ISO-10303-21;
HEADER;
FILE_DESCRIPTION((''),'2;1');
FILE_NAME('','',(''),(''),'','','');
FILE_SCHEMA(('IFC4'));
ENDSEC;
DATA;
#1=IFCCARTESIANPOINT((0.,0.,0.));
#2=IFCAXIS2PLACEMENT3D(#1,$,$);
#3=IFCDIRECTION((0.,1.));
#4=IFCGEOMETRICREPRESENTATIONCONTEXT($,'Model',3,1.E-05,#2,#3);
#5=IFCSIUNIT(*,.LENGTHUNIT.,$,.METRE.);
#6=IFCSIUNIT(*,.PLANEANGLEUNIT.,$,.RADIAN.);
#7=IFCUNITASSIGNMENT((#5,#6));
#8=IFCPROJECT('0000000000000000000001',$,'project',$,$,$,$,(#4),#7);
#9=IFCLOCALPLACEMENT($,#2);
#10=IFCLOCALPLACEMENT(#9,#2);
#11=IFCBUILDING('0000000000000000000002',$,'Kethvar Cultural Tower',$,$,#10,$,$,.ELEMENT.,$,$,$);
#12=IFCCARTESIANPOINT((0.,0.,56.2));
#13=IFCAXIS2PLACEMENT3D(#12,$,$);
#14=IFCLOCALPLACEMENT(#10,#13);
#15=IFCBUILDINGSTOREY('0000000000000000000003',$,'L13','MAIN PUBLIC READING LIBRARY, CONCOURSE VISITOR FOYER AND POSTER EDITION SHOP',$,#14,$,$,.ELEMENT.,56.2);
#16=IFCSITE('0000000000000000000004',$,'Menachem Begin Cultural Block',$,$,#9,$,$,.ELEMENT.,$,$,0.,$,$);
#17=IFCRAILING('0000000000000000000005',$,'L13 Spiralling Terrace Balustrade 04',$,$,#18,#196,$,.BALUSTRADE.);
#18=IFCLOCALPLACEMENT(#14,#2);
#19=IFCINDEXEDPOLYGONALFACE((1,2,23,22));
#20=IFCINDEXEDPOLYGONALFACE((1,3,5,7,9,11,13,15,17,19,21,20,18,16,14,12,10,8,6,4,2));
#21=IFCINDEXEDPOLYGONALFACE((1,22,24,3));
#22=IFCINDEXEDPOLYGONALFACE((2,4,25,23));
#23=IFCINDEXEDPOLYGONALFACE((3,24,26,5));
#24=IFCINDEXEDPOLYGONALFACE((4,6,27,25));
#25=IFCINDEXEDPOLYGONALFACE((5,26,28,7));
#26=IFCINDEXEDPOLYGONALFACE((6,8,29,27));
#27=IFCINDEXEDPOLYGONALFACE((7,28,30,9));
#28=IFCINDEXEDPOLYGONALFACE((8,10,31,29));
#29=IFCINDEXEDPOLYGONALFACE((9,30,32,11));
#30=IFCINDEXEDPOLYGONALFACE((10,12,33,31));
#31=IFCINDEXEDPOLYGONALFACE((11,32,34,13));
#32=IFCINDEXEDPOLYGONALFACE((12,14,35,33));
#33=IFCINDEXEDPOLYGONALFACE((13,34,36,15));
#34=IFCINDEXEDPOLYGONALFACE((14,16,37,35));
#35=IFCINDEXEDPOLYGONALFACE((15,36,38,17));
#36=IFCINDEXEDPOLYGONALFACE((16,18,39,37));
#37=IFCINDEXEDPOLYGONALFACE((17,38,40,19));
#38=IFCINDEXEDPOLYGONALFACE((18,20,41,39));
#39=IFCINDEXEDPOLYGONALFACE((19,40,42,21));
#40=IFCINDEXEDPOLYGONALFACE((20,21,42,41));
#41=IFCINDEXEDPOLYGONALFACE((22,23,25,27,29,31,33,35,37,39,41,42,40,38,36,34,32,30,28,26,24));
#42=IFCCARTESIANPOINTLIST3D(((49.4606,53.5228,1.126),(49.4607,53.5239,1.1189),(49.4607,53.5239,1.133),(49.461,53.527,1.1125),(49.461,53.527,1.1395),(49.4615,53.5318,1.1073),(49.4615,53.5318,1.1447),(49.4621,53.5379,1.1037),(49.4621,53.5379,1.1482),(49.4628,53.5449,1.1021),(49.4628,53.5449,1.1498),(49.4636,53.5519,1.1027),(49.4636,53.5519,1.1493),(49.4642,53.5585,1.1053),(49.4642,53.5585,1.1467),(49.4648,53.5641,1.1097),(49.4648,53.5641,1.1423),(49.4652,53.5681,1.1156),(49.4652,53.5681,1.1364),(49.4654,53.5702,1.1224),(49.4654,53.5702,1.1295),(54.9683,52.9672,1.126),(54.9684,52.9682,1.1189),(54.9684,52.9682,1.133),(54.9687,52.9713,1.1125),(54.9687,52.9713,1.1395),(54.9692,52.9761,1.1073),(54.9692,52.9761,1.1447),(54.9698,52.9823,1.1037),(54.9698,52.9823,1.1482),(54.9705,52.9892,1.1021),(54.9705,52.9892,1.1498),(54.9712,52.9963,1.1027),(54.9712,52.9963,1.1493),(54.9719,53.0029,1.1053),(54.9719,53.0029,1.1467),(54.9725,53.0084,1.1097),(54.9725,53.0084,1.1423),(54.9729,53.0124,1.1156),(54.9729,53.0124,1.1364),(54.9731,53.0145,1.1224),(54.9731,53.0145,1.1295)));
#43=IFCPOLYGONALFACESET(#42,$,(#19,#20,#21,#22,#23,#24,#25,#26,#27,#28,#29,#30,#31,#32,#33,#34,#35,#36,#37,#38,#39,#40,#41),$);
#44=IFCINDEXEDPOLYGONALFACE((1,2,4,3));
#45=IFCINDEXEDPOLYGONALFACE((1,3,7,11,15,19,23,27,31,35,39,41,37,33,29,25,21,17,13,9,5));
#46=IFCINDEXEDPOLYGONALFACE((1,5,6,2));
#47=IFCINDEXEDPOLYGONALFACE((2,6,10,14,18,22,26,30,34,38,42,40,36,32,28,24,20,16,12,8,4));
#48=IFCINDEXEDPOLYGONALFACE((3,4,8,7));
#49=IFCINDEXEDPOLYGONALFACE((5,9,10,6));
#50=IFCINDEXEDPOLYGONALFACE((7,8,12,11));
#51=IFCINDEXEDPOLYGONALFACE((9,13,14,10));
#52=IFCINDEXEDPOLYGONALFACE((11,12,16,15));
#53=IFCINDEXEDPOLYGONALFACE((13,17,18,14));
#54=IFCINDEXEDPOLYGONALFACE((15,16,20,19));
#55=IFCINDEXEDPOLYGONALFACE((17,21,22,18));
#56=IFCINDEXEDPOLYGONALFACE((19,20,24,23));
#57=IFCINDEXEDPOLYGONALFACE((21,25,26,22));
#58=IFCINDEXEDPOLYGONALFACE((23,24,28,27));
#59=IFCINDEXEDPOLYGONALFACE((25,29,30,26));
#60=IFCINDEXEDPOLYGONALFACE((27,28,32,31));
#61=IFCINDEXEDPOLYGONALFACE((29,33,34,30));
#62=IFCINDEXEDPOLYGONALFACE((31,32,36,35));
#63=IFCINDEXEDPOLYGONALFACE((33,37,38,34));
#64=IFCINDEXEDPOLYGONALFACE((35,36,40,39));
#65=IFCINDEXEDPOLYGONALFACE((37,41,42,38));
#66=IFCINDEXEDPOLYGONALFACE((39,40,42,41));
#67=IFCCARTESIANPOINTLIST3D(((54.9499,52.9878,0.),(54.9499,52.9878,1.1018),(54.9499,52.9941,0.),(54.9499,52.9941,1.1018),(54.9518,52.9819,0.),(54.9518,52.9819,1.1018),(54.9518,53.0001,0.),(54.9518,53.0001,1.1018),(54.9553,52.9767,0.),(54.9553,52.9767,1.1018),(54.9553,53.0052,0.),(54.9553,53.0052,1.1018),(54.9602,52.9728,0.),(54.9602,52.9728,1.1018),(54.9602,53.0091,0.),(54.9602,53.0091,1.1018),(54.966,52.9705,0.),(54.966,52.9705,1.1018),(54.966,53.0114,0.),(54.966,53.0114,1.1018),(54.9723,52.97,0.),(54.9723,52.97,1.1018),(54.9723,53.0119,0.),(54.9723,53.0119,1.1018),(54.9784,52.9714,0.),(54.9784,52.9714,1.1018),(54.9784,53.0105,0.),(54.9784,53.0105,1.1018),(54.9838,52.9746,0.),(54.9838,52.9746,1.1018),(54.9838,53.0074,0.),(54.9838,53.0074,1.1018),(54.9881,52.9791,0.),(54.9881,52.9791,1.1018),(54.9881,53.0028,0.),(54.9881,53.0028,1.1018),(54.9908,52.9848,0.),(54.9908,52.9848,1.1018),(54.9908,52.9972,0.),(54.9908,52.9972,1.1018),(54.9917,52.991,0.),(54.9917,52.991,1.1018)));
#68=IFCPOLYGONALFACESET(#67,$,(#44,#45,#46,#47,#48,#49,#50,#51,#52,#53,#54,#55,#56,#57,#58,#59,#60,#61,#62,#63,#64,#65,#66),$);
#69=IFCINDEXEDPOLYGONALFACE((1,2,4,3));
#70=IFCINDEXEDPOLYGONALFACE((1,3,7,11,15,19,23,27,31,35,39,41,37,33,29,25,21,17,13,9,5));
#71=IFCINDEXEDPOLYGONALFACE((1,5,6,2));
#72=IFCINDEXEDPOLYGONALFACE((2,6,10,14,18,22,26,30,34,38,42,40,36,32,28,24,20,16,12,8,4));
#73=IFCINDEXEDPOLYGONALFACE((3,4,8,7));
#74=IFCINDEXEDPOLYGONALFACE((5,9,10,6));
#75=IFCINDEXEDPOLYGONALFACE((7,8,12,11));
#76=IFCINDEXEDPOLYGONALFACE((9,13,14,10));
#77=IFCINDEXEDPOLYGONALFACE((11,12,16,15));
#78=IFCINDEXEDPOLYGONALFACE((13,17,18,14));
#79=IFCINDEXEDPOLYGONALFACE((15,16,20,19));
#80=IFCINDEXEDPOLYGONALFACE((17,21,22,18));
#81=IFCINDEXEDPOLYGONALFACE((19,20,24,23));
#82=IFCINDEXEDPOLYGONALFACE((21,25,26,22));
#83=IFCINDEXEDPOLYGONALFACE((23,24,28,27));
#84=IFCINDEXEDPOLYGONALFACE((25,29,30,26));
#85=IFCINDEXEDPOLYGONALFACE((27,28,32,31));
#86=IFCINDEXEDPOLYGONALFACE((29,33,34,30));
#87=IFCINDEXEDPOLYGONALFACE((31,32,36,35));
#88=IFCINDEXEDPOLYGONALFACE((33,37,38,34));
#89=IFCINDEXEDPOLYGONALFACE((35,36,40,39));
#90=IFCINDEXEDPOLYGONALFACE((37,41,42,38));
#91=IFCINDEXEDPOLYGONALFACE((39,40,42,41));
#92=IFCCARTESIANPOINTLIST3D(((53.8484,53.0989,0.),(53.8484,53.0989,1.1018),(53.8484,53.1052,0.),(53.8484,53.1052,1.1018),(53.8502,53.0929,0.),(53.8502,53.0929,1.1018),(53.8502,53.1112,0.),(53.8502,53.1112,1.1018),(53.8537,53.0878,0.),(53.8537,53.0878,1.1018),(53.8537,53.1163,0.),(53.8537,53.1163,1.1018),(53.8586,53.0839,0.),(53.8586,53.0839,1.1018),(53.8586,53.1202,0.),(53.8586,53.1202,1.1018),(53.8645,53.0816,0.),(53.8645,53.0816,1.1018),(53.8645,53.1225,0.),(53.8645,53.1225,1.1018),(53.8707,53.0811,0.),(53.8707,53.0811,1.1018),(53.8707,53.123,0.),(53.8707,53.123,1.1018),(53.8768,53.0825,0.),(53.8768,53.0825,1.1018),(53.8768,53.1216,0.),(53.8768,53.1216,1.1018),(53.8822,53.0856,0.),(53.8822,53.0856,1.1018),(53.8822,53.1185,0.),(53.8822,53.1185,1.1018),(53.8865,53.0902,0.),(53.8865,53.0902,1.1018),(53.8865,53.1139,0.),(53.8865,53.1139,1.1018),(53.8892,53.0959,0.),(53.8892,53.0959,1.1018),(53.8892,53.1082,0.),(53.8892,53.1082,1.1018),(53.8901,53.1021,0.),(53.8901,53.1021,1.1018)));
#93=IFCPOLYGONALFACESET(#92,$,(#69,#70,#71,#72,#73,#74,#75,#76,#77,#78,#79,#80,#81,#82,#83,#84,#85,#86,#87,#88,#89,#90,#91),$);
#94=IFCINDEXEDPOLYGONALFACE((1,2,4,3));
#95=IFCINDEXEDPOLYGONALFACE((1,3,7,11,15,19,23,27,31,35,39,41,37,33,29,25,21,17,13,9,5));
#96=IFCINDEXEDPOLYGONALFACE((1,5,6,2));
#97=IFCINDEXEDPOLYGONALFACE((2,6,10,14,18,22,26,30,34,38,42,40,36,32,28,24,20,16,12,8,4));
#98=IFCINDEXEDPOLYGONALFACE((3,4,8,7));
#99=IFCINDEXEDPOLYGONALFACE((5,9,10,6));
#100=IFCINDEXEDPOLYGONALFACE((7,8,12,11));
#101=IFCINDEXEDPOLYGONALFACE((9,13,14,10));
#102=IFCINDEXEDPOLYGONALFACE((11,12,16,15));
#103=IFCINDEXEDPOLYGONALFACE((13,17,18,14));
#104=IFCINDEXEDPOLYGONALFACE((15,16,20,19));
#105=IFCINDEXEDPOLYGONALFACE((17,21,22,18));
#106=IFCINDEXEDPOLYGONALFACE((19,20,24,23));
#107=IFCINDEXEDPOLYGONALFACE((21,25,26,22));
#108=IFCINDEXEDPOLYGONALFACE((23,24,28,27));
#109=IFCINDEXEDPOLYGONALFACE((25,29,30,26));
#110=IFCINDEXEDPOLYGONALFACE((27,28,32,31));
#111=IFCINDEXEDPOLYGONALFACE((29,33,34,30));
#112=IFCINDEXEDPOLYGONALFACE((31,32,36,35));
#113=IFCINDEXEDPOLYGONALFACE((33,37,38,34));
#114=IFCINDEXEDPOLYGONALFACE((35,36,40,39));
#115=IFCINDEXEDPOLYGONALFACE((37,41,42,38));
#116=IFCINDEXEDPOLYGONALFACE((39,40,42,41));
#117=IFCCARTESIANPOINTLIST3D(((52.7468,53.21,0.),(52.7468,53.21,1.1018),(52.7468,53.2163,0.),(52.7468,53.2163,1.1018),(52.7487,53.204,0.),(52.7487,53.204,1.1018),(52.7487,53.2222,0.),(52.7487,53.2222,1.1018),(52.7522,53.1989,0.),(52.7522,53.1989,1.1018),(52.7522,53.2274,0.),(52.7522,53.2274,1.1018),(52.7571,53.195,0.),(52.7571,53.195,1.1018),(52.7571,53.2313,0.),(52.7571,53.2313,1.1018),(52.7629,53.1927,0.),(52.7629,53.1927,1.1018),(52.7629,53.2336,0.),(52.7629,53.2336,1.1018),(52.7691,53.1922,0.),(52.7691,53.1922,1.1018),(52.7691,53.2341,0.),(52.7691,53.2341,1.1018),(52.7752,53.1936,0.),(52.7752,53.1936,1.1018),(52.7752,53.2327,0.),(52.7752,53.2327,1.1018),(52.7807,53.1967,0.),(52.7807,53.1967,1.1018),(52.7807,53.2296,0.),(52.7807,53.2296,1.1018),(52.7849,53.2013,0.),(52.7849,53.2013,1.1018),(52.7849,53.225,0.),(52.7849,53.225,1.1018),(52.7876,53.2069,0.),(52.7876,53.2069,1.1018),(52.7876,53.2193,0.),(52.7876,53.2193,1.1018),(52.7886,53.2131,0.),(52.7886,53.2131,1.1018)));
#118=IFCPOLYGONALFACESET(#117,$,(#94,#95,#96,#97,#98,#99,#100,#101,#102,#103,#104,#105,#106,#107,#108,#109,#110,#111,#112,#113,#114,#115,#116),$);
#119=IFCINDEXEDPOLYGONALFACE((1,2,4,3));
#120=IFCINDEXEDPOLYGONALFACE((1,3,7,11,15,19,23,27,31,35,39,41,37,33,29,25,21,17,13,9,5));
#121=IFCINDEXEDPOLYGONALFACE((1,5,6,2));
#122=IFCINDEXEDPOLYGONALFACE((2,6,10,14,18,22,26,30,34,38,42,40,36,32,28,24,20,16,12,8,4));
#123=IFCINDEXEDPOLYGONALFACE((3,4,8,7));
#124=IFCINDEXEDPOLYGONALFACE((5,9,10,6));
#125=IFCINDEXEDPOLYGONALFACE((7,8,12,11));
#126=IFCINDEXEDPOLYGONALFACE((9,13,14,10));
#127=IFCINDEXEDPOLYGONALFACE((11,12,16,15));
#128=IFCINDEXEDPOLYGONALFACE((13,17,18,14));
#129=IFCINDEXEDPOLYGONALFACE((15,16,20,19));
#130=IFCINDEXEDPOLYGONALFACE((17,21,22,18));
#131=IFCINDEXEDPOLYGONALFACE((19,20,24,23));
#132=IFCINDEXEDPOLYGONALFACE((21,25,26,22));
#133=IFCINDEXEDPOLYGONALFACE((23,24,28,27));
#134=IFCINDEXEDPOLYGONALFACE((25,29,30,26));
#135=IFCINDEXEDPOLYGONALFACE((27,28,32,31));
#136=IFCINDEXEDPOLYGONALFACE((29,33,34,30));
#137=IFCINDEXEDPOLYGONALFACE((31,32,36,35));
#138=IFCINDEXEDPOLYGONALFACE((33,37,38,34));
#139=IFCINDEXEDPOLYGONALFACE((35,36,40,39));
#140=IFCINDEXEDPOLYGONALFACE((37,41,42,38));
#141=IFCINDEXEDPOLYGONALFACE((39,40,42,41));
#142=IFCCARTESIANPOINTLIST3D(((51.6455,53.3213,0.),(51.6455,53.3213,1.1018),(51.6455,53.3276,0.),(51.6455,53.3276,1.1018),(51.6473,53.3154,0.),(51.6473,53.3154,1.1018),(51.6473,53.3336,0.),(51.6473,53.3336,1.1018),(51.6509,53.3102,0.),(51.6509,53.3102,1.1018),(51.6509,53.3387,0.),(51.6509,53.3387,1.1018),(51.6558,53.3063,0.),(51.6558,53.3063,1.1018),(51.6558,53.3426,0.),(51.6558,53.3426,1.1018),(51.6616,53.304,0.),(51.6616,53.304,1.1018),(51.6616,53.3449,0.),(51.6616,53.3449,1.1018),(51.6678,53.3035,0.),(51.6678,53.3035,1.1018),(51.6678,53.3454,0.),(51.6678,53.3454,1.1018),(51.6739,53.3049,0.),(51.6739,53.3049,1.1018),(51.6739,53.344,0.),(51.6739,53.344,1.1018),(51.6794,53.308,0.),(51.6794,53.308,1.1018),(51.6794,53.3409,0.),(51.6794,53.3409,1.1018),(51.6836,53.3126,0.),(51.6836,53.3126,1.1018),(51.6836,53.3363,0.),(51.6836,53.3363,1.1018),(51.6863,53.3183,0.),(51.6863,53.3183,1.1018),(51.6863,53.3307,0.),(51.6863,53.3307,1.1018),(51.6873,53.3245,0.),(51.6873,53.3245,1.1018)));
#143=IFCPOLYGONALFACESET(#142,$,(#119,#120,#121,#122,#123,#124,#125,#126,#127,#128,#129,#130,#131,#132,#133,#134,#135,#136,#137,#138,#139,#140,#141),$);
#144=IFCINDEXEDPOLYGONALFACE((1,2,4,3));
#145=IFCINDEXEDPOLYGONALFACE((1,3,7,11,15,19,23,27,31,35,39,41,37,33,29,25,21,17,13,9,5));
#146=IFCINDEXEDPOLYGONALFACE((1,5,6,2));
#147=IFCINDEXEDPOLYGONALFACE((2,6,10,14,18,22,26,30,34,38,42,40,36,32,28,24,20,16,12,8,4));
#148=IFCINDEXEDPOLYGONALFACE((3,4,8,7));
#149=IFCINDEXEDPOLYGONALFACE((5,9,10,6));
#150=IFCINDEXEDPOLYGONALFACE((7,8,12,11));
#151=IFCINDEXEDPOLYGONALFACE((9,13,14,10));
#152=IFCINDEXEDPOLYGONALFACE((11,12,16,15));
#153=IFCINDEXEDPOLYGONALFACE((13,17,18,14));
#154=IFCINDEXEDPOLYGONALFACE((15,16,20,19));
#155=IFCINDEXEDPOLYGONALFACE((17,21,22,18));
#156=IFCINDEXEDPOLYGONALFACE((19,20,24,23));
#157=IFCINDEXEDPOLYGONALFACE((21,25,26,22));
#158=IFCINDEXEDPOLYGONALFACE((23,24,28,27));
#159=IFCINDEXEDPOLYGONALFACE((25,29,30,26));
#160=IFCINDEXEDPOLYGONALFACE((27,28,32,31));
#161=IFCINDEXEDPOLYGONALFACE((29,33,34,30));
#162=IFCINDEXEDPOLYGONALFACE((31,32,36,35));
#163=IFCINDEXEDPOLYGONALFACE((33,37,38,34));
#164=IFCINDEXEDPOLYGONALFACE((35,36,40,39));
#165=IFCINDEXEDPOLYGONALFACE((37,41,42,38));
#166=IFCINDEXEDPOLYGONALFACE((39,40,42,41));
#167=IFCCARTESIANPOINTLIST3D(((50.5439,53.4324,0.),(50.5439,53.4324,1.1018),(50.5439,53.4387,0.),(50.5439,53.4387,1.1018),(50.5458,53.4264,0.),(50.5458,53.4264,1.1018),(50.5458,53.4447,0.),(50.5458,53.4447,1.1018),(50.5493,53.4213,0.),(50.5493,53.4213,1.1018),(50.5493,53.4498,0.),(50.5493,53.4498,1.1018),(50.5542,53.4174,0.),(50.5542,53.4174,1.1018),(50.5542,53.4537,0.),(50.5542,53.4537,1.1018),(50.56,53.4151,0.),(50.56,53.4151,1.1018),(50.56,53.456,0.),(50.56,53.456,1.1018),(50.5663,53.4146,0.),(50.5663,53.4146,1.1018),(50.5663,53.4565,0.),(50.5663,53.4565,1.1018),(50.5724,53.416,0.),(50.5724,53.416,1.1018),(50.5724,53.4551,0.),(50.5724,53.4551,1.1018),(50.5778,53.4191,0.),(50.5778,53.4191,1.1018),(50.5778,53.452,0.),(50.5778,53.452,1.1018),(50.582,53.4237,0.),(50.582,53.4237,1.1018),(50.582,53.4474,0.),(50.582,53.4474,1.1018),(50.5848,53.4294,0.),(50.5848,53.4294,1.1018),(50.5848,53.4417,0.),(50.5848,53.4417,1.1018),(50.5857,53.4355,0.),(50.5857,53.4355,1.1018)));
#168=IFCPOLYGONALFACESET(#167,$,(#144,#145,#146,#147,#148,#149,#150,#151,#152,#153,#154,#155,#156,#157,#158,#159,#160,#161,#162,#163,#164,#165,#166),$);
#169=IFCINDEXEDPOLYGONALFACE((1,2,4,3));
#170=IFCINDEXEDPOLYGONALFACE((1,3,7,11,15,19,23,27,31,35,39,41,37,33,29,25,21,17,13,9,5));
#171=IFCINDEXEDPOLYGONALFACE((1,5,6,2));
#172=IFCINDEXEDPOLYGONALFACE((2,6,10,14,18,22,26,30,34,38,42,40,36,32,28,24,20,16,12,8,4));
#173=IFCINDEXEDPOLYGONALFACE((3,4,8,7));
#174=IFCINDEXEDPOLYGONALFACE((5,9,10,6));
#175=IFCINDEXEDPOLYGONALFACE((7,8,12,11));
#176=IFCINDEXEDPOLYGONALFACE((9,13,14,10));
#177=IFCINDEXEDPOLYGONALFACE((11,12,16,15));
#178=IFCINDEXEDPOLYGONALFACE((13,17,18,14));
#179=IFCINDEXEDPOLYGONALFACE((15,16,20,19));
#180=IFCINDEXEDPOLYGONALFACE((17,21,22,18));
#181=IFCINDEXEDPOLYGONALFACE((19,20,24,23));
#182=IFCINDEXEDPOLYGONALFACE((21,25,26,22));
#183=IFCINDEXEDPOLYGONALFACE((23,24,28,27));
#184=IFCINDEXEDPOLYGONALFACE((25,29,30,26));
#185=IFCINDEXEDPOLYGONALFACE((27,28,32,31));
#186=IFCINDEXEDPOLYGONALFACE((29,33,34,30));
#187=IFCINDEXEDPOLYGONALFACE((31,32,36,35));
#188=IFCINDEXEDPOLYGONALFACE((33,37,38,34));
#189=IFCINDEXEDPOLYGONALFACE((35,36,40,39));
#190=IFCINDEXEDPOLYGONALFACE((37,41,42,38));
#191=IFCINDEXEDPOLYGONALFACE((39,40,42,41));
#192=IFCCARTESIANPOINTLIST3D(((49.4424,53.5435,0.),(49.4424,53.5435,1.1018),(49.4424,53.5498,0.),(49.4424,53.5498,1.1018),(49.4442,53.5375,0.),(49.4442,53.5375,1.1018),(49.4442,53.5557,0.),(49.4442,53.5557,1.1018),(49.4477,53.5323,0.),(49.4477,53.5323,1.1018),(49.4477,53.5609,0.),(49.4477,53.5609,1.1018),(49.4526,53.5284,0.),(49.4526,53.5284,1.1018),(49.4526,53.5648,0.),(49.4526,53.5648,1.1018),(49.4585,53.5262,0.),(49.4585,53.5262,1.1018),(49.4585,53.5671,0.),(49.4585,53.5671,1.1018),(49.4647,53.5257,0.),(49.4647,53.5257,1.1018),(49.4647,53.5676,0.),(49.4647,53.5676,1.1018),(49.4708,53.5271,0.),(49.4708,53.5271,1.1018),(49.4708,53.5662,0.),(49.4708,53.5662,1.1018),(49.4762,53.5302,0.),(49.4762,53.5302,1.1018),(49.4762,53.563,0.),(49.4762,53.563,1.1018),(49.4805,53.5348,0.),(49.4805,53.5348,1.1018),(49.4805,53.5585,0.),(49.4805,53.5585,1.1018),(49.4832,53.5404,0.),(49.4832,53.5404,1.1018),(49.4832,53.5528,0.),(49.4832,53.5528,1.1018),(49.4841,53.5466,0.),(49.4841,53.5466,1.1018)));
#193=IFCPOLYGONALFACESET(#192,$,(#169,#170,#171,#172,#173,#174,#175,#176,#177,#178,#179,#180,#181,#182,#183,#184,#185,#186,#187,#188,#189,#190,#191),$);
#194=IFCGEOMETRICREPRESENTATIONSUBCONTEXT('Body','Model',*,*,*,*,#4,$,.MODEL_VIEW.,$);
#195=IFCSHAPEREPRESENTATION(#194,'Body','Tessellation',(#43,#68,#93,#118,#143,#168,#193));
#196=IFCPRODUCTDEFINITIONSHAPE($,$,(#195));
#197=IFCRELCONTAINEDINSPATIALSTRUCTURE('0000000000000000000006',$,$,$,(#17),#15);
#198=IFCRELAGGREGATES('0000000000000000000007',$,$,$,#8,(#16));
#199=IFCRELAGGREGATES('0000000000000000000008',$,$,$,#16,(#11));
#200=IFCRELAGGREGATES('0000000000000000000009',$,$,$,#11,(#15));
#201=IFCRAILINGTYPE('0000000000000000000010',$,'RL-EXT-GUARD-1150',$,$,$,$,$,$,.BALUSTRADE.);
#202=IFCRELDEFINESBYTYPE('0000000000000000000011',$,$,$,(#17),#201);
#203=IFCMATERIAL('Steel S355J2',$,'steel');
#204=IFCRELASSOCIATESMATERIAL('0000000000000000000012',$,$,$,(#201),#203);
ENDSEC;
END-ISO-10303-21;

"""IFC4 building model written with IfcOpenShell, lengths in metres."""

from ifc_helpers import new_model, si_unit, direction, frame, origin, origin_2d, place, context, subcontext, project, spatial, circle, extrude, material, type_object, element, save


model = new_model("IFC4")

# Units and contexts
model_context = context("Model", 3, precision=1e-05, world=origin(), true_north=direction((0.0, 1.0)))
body_context = subcontext(model_context, "Body", "Model", "MODEL_VIEW")
ifc_project = project(units=[si_unit("LENGTHUNIT", "METRE"), si_unit("PLANEANGLEUNIT", "RADIAN")], contexts=[model_context])

# Site, building, storey
site_placement = place(None, origin())
site = spatial("IfcSite", under=ifc_project, at=site_placement, Name="Menachem Begin Cultural Block", CompositionType="ELEMENT", RefElevation=0.0)
building_placement = place(site_placement, origin())
building = spatial("IfcBuilding", under=site, at=building_placement, Name="Kethvar Cultural Tower", CompositionType="ELEMENT")
storey_placement = place(building_placement, frame((0.0, 0.0, 56.2)))
storey = spatial("IfcBuildingStorey", under=building, at=storey_placement, Name="L13", Description="MAIN PUBLIC READING LIBRARY, CONCOURSE VISITOR FOYER AND POSTER EDITION SHOP", CompositionType="ELEMENT", Elevation=56.2)

# Shared definitions
ifc_material_1 = material(Name="Steel S355J2", Category="steel")

# Railing
railing_type = type_object("IfcRailingType", Name="RL-EXT-GUARD-1150", PredefinedType="BALUSTRADE", material=ifc_material_1)
railing_1_placement = place(storey_placement, frame((54.9707, 52.991, 0.0)))
element("IfcRailing", 1, at=railing_1_placement, inside=storey, type_object=railing_type, Name="L13 Spiralling Terrace Balustrade 04", PredefinedType="BALUSTRADE", context=body_context, shape_type="SweptSolid", body=[
    extrude(circle(Radius=0.0239, at=origin_2d()), frame((0.0, 0.0, 1.126), z_axis=(-0.994949, 0.100381, 0.0), x_axis=(-0.100381, -0.994949, 0.0)), (0.0, 0.0, 1.0), 5.5356),
    extrude(circle(Radius=0.021, at=origin_2d()), origin(), (0.0, 0.0, 1.0), 1.1018),
    extrude(circle(Radius=0.021, at=origin_2d()), frame((-1.1016, 0.1111, 0.0)), (0.0, 0.0, 1.0), 1.1018),
    extrude(circle(Radius=0.021, at=origin_2d()), frame((-2.2031, 0.2222, 0.0)), (0.0, 0.0, 1.0), 1.1018),
    extrude(circle(Radius=0.021, at=origin_2d()), frame((-3.3044, 0.3335, 0.0)), (0.0, 0.0, 1.0), 1.1018),
    extrude(circle(Radius=0.021, at=origin_2d()), frame((-4.406, 0.4446, 0.0)), (0.0, 0.0, 1.0), 1.1018),
    extrude(circle(Radius=0.021, at=origin_2d()), frame((-5.5076, 0.5557, 0.0)), (0.0, 0.0, 1.0), 1.1018),
])

save(model, "model.ifc")
